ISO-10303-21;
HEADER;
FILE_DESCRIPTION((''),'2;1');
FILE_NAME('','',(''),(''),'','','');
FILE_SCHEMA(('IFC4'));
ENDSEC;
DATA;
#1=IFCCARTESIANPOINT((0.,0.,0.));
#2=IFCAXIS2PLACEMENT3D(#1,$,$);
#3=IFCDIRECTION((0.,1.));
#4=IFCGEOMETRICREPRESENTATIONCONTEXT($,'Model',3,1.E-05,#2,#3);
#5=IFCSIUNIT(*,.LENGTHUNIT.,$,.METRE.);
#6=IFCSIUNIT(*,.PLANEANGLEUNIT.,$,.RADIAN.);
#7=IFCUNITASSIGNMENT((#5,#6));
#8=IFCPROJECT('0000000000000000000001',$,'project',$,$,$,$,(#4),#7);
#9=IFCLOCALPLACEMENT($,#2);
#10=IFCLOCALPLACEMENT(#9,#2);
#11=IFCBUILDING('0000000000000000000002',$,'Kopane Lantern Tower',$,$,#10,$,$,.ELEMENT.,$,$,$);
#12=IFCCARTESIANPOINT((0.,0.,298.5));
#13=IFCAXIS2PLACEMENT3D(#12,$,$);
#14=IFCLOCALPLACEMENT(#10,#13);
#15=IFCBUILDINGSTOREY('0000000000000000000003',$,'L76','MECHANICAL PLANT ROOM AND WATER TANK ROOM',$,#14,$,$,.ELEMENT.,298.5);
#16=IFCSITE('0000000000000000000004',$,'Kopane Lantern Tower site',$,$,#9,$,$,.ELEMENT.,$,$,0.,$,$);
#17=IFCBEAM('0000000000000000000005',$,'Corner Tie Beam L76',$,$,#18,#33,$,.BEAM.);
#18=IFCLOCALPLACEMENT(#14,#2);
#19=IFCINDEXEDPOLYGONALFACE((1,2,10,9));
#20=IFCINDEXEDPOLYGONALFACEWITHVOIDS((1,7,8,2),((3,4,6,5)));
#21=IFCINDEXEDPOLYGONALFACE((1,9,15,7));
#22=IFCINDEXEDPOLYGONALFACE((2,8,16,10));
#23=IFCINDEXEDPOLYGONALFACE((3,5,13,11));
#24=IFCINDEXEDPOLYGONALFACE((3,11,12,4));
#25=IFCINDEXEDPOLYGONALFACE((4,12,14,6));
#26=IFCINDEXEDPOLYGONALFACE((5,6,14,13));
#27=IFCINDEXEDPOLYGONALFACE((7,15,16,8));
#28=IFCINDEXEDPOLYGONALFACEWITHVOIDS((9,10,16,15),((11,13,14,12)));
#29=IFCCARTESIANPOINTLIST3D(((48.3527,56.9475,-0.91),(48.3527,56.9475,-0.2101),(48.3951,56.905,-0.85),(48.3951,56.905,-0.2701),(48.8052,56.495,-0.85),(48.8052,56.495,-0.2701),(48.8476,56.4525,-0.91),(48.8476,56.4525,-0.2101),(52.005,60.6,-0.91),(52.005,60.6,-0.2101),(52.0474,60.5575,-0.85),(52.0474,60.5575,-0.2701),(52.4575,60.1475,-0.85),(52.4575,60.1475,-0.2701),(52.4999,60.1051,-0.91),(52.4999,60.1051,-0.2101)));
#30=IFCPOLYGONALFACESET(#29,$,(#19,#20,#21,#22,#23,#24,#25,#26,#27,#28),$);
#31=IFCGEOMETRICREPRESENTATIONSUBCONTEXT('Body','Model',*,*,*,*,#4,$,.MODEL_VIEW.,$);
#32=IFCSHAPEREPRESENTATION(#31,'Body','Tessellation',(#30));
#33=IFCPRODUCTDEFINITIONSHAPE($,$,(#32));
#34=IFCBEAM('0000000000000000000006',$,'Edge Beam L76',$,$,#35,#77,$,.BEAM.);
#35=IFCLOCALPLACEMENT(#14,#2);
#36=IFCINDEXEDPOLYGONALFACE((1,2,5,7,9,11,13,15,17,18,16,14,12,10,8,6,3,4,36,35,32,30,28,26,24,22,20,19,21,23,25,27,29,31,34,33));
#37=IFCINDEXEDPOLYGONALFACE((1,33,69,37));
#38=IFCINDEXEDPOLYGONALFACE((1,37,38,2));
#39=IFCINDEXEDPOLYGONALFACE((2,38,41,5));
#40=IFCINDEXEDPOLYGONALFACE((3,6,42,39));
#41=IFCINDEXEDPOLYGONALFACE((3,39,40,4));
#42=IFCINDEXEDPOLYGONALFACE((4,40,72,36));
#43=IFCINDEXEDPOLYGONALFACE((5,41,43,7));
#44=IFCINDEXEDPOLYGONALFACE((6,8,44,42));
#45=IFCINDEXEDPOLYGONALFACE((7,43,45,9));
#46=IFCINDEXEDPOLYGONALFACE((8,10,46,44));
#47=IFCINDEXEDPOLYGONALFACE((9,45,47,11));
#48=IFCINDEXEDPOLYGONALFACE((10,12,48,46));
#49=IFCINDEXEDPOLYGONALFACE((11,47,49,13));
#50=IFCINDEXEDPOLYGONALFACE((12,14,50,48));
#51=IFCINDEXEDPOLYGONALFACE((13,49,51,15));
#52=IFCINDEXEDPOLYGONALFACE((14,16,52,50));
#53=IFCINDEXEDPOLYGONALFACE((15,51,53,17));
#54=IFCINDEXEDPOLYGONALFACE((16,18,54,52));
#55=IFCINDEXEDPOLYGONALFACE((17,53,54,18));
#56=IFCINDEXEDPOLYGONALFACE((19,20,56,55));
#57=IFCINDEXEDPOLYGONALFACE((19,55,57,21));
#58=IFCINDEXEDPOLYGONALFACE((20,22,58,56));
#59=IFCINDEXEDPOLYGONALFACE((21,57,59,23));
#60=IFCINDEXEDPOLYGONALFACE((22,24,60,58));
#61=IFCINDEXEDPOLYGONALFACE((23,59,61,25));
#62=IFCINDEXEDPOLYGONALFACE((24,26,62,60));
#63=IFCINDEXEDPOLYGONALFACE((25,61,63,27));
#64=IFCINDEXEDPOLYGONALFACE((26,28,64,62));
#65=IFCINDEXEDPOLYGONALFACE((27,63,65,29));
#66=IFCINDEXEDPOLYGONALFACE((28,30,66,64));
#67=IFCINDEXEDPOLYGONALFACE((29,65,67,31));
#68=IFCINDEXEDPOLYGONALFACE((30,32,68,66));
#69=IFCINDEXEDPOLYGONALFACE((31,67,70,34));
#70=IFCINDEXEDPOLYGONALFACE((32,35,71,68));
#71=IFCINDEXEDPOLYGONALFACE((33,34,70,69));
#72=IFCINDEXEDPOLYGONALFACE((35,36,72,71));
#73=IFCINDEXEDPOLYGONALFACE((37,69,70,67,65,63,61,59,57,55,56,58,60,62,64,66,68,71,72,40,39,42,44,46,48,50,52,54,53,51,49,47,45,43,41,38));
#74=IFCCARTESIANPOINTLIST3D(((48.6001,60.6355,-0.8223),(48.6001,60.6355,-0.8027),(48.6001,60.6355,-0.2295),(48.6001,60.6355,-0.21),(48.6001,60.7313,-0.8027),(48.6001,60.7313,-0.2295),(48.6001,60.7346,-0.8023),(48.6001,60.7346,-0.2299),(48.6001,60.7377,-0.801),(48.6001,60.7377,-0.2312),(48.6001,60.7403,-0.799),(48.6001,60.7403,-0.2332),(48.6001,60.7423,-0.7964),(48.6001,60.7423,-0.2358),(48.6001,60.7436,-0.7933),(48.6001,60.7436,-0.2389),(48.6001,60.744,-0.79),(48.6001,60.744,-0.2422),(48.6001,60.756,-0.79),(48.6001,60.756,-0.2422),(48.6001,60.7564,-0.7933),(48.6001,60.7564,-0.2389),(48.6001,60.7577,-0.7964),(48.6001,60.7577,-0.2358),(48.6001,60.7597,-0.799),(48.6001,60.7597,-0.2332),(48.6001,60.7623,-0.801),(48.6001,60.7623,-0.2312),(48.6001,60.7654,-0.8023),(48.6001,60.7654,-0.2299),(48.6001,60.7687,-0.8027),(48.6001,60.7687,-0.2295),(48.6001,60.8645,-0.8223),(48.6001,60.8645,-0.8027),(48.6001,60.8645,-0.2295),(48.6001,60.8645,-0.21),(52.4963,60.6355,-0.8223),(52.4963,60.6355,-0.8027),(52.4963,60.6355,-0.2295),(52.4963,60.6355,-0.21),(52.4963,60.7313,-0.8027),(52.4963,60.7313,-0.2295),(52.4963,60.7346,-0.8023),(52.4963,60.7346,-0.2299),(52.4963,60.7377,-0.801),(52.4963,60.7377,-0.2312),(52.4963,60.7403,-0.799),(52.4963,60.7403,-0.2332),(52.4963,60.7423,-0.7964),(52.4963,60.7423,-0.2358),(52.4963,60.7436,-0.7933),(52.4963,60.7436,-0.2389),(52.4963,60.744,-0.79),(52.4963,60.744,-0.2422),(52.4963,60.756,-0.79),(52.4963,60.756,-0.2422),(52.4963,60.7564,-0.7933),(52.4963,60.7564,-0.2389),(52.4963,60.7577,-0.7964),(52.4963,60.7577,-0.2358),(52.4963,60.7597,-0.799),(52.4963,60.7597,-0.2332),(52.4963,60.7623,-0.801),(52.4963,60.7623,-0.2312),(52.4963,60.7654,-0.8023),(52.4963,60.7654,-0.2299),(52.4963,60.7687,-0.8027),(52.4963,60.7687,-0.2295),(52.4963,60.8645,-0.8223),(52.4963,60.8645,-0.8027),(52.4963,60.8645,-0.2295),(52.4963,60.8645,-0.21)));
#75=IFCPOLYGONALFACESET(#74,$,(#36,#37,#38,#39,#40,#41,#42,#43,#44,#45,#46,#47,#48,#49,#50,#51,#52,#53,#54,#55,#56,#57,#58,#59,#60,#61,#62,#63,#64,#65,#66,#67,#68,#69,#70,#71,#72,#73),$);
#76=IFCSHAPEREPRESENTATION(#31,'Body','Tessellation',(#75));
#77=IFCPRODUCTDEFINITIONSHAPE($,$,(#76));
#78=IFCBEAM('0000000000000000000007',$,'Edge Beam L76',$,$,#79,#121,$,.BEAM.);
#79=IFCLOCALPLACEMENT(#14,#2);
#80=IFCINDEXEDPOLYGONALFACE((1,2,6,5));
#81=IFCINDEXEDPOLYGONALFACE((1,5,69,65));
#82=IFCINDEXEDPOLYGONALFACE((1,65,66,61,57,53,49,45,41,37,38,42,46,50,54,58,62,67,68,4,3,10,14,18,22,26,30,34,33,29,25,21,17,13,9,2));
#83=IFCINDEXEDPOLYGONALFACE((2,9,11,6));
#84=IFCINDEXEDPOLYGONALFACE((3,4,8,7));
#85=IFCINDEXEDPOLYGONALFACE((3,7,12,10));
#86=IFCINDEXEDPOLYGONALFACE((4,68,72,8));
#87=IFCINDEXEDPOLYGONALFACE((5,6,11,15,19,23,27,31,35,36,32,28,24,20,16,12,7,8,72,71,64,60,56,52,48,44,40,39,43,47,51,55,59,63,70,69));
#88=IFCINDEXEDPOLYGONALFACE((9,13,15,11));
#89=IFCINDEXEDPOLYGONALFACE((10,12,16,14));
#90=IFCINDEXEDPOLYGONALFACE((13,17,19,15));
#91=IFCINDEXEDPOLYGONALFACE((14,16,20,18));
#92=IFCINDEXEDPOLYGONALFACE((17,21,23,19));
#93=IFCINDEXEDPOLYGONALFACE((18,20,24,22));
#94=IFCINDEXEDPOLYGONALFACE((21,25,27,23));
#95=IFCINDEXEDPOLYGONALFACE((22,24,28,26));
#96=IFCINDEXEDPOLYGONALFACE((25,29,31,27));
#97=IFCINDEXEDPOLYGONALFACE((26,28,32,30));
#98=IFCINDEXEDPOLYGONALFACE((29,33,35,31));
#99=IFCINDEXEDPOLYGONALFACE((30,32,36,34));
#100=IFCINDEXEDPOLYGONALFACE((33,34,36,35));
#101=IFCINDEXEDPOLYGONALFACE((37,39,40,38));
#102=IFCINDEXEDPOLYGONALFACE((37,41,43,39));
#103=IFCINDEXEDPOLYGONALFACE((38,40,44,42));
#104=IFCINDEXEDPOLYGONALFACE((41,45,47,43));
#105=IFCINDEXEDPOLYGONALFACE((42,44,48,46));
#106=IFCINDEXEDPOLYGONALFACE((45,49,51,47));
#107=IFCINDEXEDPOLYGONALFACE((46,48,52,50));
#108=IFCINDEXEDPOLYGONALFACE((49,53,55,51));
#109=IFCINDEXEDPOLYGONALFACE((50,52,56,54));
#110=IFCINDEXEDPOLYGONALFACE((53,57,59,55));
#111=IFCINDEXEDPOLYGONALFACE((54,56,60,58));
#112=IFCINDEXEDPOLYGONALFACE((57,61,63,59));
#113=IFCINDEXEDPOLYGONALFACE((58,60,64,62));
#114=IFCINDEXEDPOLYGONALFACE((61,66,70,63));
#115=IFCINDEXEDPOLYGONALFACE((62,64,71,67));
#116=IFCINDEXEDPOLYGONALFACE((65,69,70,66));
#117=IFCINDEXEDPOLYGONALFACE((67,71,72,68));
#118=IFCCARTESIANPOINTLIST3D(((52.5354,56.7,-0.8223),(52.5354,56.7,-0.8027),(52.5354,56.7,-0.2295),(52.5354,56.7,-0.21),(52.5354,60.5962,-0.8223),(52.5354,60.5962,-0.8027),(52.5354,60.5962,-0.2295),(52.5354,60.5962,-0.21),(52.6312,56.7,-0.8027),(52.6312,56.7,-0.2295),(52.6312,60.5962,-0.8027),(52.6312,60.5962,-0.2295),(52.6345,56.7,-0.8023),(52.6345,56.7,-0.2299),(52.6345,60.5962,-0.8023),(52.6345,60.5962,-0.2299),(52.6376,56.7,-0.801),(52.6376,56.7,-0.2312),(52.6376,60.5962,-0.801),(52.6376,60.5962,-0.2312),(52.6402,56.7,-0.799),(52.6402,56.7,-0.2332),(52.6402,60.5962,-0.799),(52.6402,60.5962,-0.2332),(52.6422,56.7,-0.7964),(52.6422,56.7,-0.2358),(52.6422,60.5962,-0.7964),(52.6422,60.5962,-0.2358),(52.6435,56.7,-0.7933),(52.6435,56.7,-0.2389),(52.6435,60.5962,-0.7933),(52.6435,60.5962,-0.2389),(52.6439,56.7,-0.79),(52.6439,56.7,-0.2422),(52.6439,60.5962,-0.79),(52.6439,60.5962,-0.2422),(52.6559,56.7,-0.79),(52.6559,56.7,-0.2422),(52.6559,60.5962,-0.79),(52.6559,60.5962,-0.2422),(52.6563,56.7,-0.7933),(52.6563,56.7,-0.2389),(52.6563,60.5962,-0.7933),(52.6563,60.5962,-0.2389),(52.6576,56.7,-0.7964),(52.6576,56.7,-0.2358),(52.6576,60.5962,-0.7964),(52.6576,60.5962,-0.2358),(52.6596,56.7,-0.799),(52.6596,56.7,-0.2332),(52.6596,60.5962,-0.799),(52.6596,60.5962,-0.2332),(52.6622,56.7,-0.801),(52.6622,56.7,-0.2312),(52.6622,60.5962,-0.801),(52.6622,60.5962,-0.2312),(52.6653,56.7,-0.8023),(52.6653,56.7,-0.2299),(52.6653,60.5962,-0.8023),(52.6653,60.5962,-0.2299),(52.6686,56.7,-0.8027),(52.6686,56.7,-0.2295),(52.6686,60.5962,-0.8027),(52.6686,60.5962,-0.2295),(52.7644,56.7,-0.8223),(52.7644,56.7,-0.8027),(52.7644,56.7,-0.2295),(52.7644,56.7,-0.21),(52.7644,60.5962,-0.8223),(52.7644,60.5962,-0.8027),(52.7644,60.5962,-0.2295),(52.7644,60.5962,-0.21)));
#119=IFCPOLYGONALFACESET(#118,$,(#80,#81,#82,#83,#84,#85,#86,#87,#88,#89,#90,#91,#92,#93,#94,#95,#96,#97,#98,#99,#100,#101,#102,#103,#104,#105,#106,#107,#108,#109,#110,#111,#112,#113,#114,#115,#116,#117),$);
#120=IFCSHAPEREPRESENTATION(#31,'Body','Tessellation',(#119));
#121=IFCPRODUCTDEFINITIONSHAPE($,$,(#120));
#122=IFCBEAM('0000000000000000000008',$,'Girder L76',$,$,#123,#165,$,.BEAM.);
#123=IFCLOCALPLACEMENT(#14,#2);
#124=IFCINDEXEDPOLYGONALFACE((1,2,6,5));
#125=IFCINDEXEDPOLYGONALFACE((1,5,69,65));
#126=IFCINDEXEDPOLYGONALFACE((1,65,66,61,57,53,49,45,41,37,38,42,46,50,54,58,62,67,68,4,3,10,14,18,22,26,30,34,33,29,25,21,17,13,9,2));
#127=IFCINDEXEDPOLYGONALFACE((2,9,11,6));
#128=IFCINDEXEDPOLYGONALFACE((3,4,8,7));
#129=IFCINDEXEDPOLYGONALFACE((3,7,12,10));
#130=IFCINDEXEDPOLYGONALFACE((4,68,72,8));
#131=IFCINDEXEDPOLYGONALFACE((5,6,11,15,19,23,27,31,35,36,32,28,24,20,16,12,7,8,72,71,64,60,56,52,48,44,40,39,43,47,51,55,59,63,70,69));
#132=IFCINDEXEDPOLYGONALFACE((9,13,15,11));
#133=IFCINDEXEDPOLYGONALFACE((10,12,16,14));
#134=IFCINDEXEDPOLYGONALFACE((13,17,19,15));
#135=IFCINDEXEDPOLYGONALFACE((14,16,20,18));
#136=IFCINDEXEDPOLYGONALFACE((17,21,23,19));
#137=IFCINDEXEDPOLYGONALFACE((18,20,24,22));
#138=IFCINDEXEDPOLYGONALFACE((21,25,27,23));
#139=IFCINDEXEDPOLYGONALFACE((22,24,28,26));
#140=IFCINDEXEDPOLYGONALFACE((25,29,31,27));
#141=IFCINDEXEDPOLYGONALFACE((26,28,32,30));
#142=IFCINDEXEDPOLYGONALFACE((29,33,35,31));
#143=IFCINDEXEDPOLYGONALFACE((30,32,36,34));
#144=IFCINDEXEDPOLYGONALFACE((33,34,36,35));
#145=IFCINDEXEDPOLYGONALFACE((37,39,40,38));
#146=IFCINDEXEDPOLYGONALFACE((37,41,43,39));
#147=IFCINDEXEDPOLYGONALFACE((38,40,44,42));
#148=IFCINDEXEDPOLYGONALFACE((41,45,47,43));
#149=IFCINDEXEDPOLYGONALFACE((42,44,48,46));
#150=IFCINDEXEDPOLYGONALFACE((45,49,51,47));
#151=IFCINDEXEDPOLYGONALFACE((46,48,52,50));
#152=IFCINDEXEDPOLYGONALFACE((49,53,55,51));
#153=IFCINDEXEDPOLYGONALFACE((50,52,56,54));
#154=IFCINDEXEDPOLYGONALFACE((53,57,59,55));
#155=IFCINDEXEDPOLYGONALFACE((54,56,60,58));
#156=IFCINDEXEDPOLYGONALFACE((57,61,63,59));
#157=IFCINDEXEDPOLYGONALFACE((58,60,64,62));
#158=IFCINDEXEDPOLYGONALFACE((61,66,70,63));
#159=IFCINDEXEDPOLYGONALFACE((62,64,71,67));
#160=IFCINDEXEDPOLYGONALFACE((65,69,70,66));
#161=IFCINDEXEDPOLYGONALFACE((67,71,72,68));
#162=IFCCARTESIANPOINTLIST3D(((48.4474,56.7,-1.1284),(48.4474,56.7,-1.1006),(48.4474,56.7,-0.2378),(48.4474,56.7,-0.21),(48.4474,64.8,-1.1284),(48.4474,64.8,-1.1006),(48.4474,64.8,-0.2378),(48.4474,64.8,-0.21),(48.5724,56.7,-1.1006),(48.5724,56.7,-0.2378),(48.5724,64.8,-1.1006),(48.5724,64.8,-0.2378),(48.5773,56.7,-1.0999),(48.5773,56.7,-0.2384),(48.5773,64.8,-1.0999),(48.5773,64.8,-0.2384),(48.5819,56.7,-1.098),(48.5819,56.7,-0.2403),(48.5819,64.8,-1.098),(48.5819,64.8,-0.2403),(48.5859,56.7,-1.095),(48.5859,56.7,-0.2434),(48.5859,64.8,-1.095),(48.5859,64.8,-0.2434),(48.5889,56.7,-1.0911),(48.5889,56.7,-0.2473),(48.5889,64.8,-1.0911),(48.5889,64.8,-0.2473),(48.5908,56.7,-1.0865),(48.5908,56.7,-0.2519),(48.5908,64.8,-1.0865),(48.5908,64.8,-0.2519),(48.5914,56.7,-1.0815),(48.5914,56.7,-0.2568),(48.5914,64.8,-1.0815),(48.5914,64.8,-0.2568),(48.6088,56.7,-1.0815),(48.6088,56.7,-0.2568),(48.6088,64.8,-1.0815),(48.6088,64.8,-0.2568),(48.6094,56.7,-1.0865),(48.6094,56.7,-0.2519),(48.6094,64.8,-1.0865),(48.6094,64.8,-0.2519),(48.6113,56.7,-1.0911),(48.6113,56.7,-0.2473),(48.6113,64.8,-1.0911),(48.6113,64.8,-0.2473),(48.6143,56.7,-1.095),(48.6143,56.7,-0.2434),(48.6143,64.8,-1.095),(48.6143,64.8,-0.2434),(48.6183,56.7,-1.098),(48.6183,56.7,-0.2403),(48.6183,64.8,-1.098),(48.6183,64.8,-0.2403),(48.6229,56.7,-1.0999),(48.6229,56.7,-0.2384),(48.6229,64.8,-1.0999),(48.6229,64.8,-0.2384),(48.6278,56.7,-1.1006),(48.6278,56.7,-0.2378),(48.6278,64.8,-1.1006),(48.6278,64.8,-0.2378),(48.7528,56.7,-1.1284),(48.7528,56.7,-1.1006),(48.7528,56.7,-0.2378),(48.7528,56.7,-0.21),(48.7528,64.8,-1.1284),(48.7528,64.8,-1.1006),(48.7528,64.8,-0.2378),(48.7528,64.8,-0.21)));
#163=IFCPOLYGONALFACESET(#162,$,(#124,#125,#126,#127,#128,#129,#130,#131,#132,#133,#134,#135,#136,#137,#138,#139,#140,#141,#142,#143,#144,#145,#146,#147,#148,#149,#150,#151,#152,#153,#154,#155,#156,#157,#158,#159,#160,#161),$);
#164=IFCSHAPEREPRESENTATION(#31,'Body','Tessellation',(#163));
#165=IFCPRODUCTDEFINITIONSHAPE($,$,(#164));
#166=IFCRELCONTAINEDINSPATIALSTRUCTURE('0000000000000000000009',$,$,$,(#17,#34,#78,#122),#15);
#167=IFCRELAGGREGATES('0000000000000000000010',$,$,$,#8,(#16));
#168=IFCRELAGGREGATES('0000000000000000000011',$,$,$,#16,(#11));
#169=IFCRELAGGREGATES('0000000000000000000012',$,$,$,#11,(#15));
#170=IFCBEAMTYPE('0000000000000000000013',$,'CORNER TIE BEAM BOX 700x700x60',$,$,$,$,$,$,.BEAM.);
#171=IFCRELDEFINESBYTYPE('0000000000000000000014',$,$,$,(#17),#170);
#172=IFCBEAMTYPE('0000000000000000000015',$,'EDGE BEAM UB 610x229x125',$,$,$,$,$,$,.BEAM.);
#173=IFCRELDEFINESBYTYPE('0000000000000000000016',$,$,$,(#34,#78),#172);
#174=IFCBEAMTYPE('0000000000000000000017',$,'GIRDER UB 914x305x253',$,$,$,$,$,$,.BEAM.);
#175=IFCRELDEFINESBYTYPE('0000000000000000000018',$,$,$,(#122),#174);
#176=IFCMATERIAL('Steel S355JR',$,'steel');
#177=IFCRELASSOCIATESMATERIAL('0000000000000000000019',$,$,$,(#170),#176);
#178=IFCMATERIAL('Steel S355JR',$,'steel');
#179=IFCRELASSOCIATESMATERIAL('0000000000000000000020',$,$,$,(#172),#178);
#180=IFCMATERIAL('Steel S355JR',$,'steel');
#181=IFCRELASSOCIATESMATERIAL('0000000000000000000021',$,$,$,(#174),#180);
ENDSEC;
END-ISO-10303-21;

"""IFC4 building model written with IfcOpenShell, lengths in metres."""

from ifc_helpers import new_model, si_unit, direction, frame, origin, origin_2d, place, context, subcontext, project, spatial, hollow_rectangle, i_section, extrude, material, material_profile, profile_set, type_object, element, save


model = new_model("IFC4")

# Units and contexts
model_context = context("Model", 3, precision=1e-05, world=origin(), true_north=direction((0.0, 1.0)))
body_context = subcontext(model_context, "Body", "Model", "MODEL_VIEW")
ifc_project = project(units=[si_unit("LENGTHUNIT", "METRE"), si_unit("PLANEANGLEUNIT", "RADIAN")], contexts=[model_context])

# Site, building, storey
site_placement = place(None, origin())
site = spatial("IfcSite", under=ifc_project, at=site_placement, Name="Kopane Lantern Tower site", CompositionType="ELEMENT", RefElevation=0.0)
building_placement = place(site_placement, origin())
building = spatial("IfcBuilding", under=site, at=building_placement, Name="Kopane Lantern Tower", CompositionType="ELEMENT")
storey_placement = place(building_placement, frame((0.0, 0.0, 298.5)))
storey = spatial("IfcBuildingStorey", under=building, at=storey_placement, Name="L76", Description="MECHANICAL PLANT ROOM AND WATER TANK ROOM", CompositionType="ELEMENT", Elevation=298.5)

# Beams
ifc_material_1 = material(Name="Steel S355JR", Category="steel")
ifc_material_profile_1 = material_profile(ifc_material_1, hollow_rectangle(XDim=0.7, YDim=0.7, WallThickness=0.0601, at=origin_2d()), Name="BOX 700x700x60")
ifc_profile_set_1 = profile_set([ifc_material_profile_1], Name="Steel S355JR")
beam_type_1 = type_object("IfcBeamType", Name="CORNER TIE BEAM BOX 700x700x60", PredefinedType="BEAM", material=ifc_profile_set_1)
beam_1_placement = place(storey_placement, frame((52.2524, 60.3525, -0.5601), z_axis=(-0.707083, -0.70713, 0.0), x_axis=(0.70713, -0.707083, 0.0)))
element("IfcBeam", 1, at=beam_1_placement, inside=storey, type_object=beam_type_1, Name="Corner Tie Beam L76", PredefinedType="BEAM", context=body_context, shape_type="SweptSolid", body=[
    extrude(hollow_rectangle(XDim=0.7, YDim=0.7, WallThickness=0.0601, at=origin_2d()), origin(), (0.0, 0.0, 1.0), 5.1653),
])
ifc_material_2 = material(Name="Steel S355JR", Category="steel")
ifc_material_profile_2 = material_profile(ifc_material_2, i_section(OverallWidth=0.229, OverallDepth=0.6123, WebThickness=0.012, FlangeThickness=0.0195, FilletRadius=0.0127, at=origin_2d()), Name="UB 610x229x125")
ifc_profile_set_2 = profile_set([ifc_material_profile_2], Name="Steel S355JR")
beam_type_2 = type_object("IfcBeamType", Name="EDGE BEAM UB 610x229x125", PredefinedType="BEAM", material=ifc_profile_set_2)
for number, where, z_axis, x_axis, name in (
    (2, (52.4963, 60.75, -0.5161), (-1.0, 0.0, 0.0), (0.0, -1.0, 0.0), "Edge Beam L76"),
    (3, (52.6499, 60.5962, -0.5161), (0.0, -1.0, 0.0), (1.0, 0.0, 0.0), "Edge Beam L76"),
):
    element("IfcBeam", number, at=place(storey_placement, frame(where, z_axis=z_axis, x_axis=x_axis)), inside=storey, type_object=beam_type_2, Name=name, PredefinedType="BEAM", context=body_context, shape_type="SweptSolid", body=[
        extrude(i_section(OverallWidth=0.229, OverallDepth=0.6123, WebThickness=0.012, FlangeThickness=0.0195, FilletRadius=0.0127, at=origin_2d()), origin(), (0.0, 0.0, 1.0), 3.8962),
    ])
ifc_material_3 = material(Name="Steel S355JR", Category="steel")
ifc_material_profile_3 = material_profile(ifc_material_3, i_section(OverallWidth=0.3054, OverallDepth=0.9185, WebThickness=0.0173, FlangeThickness=0.0278, FilletRadius=0.019, at=origin_2d()), Name="UB 914x305x253")
ifc_profile_set_3 = profile_set([ifc_material_profile_3], Name="Steel S355JR")
beam_type_3 = type_object("IfcBeamType", Name="GIRDER UB 914x305x253", PredefinedType="BEAM", material=ifc_profile_set_3)
beam_2_placement = place(storey_placement, frame((48.6001, 56.7, -0.6692), z_axis=(0.0, 1.0, 0.0), x_axis=(-1.0, 0.0, 0.0)))
element("IfcBeam", 4, at=beam_2_placement, inside=storey, type_object=beam_type_3, Name="Girder L76", PredefinedType="BEAM", context=body_context, shape_type="SweptSolid", body=[
    extrude(i_section(OverallWidth=0.3054, OverallDepth=0.9185, WebThickness=0.0173, FlangeThickness=0.0278, FilletRadius=0.019, at=origin_2d()), origin(), (0.0, 0.0, 1.0), 8.1001),
])

save(model, "model.ifc")
